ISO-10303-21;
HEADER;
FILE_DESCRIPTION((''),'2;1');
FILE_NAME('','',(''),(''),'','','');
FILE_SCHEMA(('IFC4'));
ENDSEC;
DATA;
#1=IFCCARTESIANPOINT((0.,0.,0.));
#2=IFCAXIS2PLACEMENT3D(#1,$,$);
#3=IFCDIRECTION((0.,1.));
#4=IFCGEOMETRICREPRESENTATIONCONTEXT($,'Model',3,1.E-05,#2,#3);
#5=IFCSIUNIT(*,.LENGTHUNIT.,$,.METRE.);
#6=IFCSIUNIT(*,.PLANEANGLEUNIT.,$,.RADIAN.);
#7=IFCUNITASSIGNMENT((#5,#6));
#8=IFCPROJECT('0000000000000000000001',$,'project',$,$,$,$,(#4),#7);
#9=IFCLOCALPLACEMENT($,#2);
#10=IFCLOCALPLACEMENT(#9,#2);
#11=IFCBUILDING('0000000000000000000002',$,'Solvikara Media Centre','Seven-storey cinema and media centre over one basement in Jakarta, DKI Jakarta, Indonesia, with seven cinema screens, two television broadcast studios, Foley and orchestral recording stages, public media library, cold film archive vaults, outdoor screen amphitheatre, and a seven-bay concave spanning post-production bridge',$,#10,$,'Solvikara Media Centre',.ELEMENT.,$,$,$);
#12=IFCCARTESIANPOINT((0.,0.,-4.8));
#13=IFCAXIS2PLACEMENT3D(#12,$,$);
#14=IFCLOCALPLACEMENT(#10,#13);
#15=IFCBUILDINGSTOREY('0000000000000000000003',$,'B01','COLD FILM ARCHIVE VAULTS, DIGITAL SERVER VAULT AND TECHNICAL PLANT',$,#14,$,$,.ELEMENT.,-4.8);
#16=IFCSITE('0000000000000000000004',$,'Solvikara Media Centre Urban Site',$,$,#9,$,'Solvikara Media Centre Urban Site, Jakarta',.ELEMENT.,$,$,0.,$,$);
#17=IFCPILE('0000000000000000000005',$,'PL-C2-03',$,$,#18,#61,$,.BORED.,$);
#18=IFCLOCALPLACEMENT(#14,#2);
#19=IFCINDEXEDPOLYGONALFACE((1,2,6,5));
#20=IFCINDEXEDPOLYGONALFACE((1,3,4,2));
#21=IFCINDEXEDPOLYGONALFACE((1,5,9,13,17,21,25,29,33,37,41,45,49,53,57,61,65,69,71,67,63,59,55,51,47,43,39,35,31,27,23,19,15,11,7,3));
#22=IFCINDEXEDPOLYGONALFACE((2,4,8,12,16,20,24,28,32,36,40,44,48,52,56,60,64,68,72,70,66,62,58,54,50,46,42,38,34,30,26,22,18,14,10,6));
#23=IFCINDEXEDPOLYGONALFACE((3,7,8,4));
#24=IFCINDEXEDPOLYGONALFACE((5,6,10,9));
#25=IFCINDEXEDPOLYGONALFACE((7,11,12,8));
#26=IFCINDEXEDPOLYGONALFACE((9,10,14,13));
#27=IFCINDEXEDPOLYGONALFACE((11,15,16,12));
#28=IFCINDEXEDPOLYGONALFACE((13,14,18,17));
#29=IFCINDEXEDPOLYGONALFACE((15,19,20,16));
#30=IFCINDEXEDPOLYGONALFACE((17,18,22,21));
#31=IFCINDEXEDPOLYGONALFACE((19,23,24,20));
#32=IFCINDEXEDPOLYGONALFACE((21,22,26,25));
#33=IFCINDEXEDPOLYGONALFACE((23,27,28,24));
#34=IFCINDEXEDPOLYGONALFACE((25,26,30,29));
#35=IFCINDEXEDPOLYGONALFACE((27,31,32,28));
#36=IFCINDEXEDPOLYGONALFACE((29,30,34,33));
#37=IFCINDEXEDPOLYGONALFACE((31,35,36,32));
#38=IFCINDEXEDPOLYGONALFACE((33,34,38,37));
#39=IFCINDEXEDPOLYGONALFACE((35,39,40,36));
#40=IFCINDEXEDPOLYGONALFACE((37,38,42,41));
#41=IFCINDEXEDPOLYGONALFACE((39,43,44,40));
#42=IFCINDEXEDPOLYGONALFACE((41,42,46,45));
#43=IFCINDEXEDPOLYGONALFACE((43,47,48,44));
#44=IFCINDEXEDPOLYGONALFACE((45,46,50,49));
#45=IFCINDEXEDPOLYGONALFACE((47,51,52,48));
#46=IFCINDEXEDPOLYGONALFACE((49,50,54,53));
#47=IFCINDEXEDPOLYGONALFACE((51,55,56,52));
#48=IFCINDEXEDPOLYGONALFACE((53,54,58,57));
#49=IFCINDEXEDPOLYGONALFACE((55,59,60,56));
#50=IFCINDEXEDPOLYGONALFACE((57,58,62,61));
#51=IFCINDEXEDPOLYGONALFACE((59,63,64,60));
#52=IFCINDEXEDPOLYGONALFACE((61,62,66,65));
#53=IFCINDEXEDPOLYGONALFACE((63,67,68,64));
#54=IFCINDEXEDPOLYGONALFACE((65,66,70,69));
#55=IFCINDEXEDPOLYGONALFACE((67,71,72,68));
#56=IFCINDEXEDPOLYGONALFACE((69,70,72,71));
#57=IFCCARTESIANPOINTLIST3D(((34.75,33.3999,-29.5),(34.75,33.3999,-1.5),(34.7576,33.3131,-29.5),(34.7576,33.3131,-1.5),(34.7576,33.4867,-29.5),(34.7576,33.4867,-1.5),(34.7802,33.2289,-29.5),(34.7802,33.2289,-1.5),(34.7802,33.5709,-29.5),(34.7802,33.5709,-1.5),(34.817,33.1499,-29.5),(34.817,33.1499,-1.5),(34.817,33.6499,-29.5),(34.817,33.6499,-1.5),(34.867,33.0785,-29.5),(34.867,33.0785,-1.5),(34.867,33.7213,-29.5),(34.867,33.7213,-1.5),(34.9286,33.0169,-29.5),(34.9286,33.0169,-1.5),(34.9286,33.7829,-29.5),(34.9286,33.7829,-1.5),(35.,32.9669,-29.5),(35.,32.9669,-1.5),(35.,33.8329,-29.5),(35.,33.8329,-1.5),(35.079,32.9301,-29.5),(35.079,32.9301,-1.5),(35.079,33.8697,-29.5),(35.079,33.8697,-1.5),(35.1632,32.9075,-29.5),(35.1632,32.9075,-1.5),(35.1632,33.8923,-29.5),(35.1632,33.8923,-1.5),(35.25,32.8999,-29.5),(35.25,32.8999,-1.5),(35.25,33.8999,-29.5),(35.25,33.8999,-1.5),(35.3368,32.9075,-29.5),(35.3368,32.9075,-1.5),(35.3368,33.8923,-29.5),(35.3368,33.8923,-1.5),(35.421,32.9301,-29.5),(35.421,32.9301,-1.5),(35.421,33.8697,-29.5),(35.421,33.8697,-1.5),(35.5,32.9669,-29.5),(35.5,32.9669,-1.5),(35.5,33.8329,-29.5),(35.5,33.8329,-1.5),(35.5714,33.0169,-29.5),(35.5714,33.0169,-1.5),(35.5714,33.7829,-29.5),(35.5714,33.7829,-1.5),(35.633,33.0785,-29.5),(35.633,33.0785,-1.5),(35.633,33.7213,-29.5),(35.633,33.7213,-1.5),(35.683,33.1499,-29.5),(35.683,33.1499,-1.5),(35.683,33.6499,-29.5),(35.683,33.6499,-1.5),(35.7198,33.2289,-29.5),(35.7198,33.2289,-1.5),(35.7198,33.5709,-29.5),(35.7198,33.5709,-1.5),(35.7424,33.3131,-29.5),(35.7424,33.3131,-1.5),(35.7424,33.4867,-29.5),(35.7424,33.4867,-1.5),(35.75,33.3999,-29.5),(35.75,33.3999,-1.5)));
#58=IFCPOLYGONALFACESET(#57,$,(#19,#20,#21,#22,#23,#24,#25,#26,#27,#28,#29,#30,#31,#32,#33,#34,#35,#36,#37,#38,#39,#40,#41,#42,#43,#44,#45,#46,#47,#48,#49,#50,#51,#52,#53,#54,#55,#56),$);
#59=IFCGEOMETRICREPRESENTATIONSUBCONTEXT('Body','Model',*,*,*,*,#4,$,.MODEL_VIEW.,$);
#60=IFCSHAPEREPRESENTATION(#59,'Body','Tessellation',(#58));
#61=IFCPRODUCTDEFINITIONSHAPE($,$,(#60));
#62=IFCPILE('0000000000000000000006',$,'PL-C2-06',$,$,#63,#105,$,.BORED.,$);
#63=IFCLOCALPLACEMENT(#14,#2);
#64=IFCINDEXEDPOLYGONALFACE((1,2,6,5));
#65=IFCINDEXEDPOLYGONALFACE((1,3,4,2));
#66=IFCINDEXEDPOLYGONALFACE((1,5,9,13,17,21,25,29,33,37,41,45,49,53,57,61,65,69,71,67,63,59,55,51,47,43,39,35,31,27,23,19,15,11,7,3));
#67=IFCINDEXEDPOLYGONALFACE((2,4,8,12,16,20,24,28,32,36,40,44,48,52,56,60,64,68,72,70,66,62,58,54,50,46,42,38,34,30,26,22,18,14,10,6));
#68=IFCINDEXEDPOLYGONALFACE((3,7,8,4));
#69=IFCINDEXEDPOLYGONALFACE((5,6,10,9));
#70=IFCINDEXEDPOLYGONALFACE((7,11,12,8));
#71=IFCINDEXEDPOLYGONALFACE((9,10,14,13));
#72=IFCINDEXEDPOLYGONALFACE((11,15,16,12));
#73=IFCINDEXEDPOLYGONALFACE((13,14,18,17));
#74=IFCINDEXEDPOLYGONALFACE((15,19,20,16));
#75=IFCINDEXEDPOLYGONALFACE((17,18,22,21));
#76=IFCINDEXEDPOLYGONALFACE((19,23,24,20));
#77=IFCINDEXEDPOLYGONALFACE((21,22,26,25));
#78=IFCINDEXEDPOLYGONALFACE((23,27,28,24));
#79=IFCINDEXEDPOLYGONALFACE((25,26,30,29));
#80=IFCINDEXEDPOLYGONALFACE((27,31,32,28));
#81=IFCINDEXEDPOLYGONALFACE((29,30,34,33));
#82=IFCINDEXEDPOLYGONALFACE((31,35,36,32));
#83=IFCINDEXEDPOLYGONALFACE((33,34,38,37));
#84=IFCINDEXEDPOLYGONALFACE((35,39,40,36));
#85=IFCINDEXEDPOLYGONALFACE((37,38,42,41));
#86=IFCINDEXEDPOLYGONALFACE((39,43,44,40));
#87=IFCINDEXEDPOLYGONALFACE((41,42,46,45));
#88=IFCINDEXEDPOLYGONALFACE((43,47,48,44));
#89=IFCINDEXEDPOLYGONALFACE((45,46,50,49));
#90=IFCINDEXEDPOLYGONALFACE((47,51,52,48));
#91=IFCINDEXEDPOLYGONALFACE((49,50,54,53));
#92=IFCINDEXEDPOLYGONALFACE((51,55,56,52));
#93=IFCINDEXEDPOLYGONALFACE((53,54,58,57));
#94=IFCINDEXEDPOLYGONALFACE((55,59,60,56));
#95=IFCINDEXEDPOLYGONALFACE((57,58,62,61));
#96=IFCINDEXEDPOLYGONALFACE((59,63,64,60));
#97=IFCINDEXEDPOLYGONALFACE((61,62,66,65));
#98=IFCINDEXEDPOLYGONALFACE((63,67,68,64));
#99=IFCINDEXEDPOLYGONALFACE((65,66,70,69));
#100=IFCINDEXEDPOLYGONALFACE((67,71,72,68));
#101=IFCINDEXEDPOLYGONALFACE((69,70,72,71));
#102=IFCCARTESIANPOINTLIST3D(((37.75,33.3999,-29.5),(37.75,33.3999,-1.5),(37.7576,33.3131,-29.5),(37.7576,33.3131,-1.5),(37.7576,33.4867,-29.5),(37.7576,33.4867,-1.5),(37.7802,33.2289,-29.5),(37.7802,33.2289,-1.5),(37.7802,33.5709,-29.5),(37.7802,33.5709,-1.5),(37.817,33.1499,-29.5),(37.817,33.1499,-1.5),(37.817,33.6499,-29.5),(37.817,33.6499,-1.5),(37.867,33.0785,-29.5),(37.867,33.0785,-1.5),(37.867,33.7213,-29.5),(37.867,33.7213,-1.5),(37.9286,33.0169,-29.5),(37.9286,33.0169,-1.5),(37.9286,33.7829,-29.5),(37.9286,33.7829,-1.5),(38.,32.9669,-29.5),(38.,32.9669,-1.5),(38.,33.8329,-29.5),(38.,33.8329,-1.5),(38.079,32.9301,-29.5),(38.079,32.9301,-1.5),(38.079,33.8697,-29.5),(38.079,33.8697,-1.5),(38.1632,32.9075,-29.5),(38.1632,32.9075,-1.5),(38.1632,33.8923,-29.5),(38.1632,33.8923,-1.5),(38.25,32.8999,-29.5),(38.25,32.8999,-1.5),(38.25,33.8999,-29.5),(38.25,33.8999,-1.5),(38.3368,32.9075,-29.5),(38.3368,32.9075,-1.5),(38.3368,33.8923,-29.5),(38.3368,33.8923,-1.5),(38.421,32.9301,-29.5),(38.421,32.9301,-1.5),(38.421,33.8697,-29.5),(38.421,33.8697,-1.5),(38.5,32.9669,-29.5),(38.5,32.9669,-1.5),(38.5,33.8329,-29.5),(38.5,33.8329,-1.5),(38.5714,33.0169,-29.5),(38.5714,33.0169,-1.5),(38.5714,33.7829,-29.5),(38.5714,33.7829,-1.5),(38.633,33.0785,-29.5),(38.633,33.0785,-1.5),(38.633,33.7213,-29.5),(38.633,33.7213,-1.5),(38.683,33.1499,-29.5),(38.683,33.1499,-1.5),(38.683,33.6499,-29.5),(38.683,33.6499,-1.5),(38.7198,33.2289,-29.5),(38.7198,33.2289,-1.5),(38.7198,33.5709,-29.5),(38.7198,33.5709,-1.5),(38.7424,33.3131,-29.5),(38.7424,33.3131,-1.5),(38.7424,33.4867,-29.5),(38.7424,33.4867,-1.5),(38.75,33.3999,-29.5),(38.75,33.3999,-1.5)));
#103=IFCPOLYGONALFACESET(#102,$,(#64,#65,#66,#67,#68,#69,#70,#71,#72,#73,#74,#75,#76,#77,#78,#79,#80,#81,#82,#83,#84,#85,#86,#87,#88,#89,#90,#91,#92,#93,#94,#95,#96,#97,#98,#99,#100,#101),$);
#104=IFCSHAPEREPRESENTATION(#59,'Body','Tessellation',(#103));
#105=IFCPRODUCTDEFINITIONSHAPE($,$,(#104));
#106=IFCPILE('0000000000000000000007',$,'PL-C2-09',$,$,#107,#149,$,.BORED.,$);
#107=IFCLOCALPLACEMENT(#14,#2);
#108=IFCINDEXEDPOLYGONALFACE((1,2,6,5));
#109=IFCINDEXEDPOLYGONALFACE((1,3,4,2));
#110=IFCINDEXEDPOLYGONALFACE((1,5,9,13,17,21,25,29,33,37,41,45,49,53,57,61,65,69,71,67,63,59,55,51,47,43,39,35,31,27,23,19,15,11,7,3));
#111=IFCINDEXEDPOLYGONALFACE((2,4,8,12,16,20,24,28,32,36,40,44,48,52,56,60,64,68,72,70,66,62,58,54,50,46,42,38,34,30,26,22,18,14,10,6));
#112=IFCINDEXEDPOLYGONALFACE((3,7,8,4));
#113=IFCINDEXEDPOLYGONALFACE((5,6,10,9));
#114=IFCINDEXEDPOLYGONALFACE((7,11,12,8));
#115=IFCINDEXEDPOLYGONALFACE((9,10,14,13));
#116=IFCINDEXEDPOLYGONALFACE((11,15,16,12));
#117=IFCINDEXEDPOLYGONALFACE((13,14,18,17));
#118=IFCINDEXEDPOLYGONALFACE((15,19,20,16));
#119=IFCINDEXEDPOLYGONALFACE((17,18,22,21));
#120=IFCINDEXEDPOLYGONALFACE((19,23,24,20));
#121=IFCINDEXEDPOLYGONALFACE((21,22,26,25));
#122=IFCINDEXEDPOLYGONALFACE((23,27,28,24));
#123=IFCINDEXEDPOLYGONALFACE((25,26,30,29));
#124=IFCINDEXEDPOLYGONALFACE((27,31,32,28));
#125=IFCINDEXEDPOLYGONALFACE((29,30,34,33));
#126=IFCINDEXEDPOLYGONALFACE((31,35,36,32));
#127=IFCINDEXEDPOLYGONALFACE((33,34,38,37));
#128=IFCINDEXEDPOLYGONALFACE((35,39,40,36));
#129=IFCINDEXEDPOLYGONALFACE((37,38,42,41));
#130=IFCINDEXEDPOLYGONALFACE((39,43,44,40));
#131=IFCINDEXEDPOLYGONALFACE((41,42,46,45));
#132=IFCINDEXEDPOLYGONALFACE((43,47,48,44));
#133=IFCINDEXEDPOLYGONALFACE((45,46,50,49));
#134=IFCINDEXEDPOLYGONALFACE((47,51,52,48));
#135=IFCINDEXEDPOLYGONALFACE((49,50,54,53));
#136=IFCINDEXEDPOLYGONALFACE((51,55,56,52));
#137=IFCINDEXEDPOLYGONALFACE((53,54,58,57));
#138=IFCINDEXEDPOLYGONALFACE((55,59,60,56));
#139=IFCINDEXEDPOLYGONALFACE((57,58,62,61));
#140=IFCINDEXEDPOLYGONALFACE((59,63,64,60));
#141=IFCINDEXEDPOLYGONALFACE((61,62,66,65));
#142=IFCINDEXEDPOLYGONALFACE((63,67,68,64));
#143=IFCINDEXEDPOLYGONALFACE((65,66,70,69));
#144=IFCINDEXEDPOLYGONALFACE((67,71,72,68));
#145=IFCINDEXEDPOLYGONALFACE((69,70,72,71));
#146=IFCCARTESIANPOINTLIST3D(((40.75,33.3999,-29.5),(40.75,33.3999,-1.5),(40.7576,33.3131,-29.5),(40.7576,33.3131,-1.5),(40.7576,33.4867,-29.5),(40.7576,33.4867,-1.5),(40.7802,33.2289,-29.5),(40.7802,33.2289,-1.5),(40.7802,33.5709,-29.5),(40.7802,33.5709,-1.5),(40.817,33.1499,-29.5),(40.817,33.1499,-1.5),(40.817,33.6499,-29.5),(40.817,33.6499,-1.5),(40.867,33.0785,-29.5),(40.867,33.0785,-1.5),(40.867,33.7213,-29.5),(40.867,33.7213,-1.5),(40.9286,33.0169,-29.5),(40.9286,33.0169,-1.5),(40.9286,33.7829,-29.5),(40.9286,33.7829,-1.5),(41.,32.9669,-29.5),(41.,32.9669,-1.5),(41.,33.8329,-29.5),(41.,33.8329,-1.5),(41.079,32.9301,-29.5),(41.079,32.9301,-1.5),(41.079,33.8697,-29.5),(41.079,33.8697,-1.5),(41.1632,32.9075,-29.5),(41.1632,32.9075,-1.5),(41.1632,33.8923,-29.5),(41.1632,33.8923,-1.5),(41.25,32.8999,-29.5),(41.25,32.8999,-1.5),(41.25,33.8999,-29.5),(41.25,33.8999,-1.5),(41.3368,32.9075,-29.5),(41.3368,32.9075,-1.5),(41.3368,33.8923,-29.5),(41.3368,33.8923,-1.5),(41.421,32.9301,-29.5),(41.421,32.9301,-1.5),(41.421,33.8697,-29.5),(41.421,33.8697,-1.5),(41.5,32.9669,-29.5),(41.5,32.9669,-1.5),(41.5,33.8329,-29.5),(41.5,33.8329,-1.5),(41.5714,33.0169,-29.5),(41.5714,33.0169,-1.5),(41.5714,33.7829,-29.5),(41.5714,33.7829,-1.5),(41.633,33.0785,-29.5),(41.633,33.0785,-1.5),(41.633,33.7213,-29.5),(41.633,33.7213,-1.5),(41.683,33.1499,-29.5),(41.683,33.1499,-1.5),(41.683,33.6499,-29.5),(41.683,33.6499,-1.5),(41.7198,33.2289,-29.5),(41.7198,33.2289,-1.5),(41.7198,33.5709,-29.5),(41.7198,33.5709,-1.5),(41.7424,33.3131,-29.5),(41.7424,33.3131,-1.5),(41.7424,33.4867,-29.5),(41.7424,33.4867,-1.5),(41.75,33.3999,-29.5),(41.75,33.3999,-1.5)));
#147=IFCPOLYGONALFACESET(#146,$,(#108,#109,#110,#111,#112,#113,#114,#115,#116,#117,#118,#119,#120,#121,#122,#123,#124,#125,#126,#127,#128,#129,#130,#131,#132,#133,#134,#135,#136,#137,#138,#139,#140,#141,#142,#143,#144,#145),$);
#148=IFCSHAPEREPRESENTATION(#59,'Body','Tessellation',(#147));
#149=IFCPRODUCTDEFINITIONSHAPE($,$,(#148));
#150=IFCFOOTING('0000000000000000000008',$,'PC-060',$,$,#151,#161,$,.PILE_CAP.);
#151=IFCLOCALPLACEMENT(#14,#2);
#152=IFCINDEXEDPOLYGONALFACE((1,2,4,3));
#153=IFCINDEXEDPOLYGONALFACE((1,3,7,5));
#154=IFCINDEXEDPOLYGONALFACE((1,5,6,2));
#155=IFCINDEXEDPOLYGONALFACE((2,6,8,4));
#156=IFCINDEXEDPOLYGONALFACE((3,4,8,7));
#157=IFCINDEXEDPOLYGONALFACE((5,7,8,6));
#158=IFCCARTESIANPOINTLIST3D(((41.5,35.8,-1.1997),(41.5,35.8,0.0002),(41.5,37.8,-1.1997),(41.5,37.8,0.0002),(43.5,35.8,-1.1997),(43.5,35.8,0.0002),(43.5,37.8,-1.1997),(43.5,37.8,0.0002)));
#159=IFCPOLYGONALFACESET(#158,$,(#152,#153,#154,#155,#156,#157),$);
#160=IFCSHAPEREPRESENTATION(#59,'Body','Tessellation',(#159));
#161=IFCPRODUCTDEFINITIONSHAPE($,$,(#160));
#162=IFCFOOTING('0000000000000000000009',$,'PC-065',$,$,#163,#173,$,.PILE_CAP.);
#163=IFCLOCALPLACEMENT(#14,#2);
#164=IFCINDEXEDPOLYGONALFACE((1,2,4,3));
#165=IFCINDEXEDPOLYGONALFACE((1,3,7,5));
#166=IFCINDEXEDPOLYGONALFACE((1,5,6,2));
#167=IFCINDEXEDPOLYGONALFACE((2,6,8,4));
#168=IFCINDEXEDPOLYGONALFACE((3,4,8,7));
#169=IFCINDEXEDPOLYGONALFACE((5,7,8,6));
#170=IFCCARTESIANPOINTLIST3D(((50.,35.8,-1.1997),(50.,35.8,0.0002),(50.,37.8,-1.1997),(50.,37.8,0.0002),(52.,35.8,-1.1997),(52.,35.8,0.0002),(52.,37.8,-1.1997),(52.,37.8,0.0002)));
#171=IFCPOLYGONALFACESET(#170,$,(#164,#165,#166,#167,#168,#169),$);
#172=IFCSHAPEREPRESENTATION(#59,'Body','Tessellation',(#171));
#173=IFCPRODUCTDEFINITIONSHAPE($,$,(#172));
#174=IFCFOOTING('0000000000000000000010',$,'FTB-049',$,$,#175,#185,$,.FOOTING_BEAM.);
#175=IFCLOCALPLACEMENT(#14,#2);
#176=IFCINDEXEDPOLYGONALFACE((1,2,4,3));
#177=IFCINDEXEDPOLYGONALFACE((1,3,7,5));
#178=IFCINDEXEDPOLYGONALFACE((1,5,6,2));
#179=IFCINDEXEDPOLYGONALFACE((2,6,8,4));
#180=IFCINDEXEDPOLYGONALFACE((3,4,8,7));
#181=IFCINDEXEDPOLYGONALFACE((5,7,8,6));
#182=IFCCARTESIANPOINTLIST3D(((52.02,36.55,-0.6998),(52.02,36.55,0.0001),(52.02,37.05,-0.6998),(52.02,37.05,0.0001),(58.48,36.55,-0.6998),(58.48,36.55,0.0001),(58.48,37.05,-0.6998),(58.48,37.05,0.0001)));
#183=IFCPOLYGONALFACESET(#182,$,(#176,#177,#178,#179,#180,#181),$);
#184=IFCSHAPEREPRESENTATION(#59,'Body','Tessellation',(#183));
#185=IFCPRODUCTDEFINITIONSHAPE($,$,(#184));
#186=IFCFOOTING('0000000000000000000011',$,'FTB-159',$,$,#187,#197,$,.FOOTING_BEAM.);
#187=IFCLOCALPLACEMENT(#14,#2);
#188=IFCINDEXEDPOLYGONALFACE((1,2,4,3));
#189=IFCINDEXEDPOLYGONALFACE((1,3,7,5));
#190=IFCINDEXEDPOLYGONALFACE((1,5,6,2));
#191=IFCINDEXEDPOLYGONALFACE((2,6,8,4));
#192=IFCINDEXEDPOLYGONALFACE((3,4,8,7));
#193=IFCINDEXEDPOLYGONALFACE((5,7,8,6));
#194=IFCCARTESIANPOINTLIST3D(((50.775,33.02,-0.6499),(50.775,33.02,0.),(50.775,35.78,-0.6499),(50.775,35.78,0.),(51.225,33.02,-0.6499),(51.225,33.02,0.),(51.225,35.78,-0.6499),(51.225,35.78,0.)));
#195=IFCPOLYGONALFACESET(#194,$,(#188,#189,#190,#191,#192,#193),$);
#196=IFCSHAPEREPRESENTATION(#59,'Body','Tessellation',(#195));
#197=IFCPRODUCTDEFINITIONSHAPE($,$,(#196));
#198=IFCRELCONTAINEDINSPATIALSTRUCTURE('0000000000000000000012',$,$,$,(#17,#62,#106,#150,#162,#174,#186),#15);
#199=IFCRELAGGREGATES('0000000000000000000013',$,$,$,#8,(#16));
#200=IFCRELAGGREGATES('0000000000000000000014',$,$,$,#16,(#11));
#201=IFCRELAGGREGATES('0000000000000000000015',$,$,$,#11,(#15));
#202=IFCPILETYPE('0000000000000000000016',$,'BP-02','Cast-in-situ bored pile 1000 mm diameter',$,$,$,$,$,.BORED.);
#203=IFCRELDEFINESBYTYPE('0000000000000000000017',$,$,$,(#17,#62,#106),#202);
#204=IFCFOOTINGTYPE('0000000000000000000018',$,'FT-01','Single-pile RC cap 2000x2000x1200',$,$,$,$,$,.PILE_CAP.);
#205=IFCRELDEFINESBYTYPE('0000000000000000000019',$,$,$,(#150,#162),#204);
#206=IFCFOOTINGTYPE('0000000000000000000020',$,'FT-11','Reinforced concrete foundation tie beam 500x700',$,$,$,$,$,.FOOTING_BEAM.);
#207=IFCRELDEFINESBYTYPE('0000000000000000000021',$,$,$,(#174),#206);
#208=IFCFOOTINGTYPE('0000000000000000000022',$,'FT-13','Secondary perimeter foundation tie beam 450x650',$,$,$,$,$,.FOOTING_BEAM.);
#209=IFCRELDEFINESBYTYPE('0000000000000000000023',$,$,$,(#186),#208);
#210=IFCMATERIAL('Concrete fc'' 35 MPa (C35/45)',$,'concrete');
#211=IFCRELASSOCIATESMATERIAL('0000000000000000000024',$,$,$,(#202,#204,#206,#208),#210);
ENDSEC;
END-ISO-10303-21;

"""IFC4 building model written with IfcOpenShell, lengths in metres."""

from ifc_helpers import new_model, si_unit, direction, frame, origin, origin_2d, place, context, subcontext, project, spatial, rectangle, circle, extrude, material, material_profile, profile_set, type_object, element, save


model = new_model("IFC4")

# Units and contexts
model_context = context("Model", 3, precision=1e-05, world=origin(), true_north=direction((0.0, 1.0)))
body_context = subcontext(model_context, "Body", "Model", "MODEL_VIEW")
ifc_project = project(units=[si_unit("LENGTHUNIT", "METRE"), si_unit("PLANEANGLEUNIT", "RADIAN")], contexts=[model_context])

# Site, building, storey
site_placement = place(None, origin())
site = spatial("IfcSite", under=ifc_project, at=site_placement, Name="Solvikara Media Centre Urban Site", LongName="Solvikara Media Centre Urban Site, Jakarta", CompositionType="ELEMENT", RefElevation=0.0)
building_placement = place(site_placement, origin())
building = spatial("IfcBuilding", under=site, at=building_placement, Name="Solvikara Media Centre", Description="Seven-storey cinema and media centre over one basement in Jakarta, DKI Jakarta, Indonesia, with seven cinema screens, two television broadcast studios, Foley and orchestral recording stages, public media library, cold film archive vaults, outdoor screen amphitheatre, and a seven-bay concave spanning post-production bridge", LongName="Solvikara Media Centre", CompositionType="ELEMENT")
storey_placement = place(building_placement, frame((0.0, 0.0, -4.8)))
storey = spatial("IfcBuildingStorey", under=building, at=storey_placement, Name="B01", Description="COLD FILM ARCHIVE VAULTS, DIGITAL SERVER VAULT AND TECHNICAL PLANT", CompositionType="ELEMENT", Elevation=-4.8)

# Piles
ifc_material_1 = material(Name="Concrete fc' 35 MPa (C35/45)", Category="concrete")
ifc_material_profile_1 = material_profile(ifc_material_1, circle(Radius=0.5, at=origin_2d()), Name="BORED PILE D1000")
ifc_profile_set_1 = profile_set([ifc_material_profile_1], Name="Concrete fc' 35 MPa (C35/45)")
pile_type_1 = type_object("IfcPileType", Name="BP-02", Description="Cast-in-situ bored pile 1000 mm diameter", PredefinedType="BORED", material=ifc_profile_set_1)
for number, where, z_axis, x_axis, name in (
    (1, (35.25, 33.3999, -1.5), (0.0, 0.0, -1.0), (1.0, 0.0, 0.0), "PL-C2-03"),
    (2, (38.25, 33.3999, -1.5), (0.0, 0.0, -1.0), (1.0, 0.0, 0.0), "PL-C2-06"),
    (3, (41.25, 33.3999, -1.5), (0.0, 0.0, -1.0), (1.0, 0.0, 0.0), "PL-C2-09"),
):
    element("IfcPile", number, at=place(storey_placement, frame(where, z_axis=z_axis, x_axis=x_axis)), inside=storey, type_object=pile_type_1, Name=name, PredefinedType="BORED", context=body_context, shape_type="SweptSolid", body=[
        extrude(circle(Radius=0.5, at=origin_2d()), origin(), (0.0, 0.0, 1.0), 28.0),
    ])

# Footings
footing_type_1 = type_object("IfcFootingType", Name="FT-01", Description="Single-pile RC cap 2000x2000x1200", PredefinedType="PILE_CAP", material=ifc_material_1)
for number, where, z_axis, x_axis, name in (
    (4, (42.5, 36.8, -1.1997), (0.0, 0.0, 1.0), (1.0, 0.0, 0.0), "PC-060"),
    (5, (51.0, 36.8, -1.1997), (0.0, 0.0, 1.0), (1.0, 0.0, 0.0), "PC-065"),
):
    element("IfcFooting", number, at=place(storey_placement, frame(where, z_axis=z_axis, x_axis=x_axis)), inside=storey, type_object=footing_type_1, Name=name, PredefinedType="PILE_CAP", context=body_context, shape_type="SweptSolid", body=[
        extrude(rectangle(XDim=2.0, YDim=2.0, at=origin_2d()), origin(), (0.0, 0.0, 1.0), 1.2),
    ])
ifc_material_profile_2 = material_profile(ifc_material_1, rectangle(XDim=0.5, YDim=0.7, at=origin_2d()), Name="RC 500x700")
ifc_profile_set_2 = profile_set([ifc_material_profile_2], Name="Concrete fc' 35 MPa (C35/45)")
footing_type_2 = type_object("IfcFootingType", Name="FT-11", Description="Reinforced concrete foundation tie beam 500x700", PredefinedType="FOOTING_BEAM", material=ifc_profile_set_2)
footing_1_placement = place(storey_placement, frame((52.02, 36.8, -0.3499), z_axis=(1.0, 0.0, 0.0), x_axis=(0.0, 1.0, 0.0)))
element("IfcFooting", 6, at=footing_1_placement, inside=storey, type_object=footing_type_2, Name="FTB-049", PredefinedType="FOOTING_BEAM", context=body_context, shape_type="SweptSolid", body=[
    extrude(rectangle(XDim=0.5, YDim=0.7, at=origin_2d()), origin(), (0.0, 0.0, 1.0), 6.46),
])
ifc_material_profile_3 = material_profile(ifc_material_1, rectangle(XDim=0.45, YDim=0.6499, at=origin_2d()), Name="RC 450x650")
ifc_profile_set_3 = profile_set([ifc_material_profile_3], Name="Concrete fc' 35 MPa (C35/45)")
footing_type_3 = type_object("IfcFootingType", Name="FT-13", Description="Secondary perimeter foundation tie beam 450x650", PredefinedType="FOOTING_BEAM", material=ifc_profile_set_3)
footing_2_placement = place(storey_placement, frame((51.0, 33.02, -0.325), z_axis=(0.0, 1.0, 0.0), x_axis=(-1.0, 0.0, 0.0)))
element("IfcFooting", 7, at=footing_2_placement, inside=storey, type_object=footing_type_3, Name="FTB-159", PredefinedType="FOOTING_BEAM", context=body_context, shape_type="SweptSolid", body=[
    extrude(rectangle(XDim=0.45, YDim=0.6499, at=origin_2d()), origin(), (0.0, 0.0, 1.0), 2.76),
])

save(model, "model.ifc")
